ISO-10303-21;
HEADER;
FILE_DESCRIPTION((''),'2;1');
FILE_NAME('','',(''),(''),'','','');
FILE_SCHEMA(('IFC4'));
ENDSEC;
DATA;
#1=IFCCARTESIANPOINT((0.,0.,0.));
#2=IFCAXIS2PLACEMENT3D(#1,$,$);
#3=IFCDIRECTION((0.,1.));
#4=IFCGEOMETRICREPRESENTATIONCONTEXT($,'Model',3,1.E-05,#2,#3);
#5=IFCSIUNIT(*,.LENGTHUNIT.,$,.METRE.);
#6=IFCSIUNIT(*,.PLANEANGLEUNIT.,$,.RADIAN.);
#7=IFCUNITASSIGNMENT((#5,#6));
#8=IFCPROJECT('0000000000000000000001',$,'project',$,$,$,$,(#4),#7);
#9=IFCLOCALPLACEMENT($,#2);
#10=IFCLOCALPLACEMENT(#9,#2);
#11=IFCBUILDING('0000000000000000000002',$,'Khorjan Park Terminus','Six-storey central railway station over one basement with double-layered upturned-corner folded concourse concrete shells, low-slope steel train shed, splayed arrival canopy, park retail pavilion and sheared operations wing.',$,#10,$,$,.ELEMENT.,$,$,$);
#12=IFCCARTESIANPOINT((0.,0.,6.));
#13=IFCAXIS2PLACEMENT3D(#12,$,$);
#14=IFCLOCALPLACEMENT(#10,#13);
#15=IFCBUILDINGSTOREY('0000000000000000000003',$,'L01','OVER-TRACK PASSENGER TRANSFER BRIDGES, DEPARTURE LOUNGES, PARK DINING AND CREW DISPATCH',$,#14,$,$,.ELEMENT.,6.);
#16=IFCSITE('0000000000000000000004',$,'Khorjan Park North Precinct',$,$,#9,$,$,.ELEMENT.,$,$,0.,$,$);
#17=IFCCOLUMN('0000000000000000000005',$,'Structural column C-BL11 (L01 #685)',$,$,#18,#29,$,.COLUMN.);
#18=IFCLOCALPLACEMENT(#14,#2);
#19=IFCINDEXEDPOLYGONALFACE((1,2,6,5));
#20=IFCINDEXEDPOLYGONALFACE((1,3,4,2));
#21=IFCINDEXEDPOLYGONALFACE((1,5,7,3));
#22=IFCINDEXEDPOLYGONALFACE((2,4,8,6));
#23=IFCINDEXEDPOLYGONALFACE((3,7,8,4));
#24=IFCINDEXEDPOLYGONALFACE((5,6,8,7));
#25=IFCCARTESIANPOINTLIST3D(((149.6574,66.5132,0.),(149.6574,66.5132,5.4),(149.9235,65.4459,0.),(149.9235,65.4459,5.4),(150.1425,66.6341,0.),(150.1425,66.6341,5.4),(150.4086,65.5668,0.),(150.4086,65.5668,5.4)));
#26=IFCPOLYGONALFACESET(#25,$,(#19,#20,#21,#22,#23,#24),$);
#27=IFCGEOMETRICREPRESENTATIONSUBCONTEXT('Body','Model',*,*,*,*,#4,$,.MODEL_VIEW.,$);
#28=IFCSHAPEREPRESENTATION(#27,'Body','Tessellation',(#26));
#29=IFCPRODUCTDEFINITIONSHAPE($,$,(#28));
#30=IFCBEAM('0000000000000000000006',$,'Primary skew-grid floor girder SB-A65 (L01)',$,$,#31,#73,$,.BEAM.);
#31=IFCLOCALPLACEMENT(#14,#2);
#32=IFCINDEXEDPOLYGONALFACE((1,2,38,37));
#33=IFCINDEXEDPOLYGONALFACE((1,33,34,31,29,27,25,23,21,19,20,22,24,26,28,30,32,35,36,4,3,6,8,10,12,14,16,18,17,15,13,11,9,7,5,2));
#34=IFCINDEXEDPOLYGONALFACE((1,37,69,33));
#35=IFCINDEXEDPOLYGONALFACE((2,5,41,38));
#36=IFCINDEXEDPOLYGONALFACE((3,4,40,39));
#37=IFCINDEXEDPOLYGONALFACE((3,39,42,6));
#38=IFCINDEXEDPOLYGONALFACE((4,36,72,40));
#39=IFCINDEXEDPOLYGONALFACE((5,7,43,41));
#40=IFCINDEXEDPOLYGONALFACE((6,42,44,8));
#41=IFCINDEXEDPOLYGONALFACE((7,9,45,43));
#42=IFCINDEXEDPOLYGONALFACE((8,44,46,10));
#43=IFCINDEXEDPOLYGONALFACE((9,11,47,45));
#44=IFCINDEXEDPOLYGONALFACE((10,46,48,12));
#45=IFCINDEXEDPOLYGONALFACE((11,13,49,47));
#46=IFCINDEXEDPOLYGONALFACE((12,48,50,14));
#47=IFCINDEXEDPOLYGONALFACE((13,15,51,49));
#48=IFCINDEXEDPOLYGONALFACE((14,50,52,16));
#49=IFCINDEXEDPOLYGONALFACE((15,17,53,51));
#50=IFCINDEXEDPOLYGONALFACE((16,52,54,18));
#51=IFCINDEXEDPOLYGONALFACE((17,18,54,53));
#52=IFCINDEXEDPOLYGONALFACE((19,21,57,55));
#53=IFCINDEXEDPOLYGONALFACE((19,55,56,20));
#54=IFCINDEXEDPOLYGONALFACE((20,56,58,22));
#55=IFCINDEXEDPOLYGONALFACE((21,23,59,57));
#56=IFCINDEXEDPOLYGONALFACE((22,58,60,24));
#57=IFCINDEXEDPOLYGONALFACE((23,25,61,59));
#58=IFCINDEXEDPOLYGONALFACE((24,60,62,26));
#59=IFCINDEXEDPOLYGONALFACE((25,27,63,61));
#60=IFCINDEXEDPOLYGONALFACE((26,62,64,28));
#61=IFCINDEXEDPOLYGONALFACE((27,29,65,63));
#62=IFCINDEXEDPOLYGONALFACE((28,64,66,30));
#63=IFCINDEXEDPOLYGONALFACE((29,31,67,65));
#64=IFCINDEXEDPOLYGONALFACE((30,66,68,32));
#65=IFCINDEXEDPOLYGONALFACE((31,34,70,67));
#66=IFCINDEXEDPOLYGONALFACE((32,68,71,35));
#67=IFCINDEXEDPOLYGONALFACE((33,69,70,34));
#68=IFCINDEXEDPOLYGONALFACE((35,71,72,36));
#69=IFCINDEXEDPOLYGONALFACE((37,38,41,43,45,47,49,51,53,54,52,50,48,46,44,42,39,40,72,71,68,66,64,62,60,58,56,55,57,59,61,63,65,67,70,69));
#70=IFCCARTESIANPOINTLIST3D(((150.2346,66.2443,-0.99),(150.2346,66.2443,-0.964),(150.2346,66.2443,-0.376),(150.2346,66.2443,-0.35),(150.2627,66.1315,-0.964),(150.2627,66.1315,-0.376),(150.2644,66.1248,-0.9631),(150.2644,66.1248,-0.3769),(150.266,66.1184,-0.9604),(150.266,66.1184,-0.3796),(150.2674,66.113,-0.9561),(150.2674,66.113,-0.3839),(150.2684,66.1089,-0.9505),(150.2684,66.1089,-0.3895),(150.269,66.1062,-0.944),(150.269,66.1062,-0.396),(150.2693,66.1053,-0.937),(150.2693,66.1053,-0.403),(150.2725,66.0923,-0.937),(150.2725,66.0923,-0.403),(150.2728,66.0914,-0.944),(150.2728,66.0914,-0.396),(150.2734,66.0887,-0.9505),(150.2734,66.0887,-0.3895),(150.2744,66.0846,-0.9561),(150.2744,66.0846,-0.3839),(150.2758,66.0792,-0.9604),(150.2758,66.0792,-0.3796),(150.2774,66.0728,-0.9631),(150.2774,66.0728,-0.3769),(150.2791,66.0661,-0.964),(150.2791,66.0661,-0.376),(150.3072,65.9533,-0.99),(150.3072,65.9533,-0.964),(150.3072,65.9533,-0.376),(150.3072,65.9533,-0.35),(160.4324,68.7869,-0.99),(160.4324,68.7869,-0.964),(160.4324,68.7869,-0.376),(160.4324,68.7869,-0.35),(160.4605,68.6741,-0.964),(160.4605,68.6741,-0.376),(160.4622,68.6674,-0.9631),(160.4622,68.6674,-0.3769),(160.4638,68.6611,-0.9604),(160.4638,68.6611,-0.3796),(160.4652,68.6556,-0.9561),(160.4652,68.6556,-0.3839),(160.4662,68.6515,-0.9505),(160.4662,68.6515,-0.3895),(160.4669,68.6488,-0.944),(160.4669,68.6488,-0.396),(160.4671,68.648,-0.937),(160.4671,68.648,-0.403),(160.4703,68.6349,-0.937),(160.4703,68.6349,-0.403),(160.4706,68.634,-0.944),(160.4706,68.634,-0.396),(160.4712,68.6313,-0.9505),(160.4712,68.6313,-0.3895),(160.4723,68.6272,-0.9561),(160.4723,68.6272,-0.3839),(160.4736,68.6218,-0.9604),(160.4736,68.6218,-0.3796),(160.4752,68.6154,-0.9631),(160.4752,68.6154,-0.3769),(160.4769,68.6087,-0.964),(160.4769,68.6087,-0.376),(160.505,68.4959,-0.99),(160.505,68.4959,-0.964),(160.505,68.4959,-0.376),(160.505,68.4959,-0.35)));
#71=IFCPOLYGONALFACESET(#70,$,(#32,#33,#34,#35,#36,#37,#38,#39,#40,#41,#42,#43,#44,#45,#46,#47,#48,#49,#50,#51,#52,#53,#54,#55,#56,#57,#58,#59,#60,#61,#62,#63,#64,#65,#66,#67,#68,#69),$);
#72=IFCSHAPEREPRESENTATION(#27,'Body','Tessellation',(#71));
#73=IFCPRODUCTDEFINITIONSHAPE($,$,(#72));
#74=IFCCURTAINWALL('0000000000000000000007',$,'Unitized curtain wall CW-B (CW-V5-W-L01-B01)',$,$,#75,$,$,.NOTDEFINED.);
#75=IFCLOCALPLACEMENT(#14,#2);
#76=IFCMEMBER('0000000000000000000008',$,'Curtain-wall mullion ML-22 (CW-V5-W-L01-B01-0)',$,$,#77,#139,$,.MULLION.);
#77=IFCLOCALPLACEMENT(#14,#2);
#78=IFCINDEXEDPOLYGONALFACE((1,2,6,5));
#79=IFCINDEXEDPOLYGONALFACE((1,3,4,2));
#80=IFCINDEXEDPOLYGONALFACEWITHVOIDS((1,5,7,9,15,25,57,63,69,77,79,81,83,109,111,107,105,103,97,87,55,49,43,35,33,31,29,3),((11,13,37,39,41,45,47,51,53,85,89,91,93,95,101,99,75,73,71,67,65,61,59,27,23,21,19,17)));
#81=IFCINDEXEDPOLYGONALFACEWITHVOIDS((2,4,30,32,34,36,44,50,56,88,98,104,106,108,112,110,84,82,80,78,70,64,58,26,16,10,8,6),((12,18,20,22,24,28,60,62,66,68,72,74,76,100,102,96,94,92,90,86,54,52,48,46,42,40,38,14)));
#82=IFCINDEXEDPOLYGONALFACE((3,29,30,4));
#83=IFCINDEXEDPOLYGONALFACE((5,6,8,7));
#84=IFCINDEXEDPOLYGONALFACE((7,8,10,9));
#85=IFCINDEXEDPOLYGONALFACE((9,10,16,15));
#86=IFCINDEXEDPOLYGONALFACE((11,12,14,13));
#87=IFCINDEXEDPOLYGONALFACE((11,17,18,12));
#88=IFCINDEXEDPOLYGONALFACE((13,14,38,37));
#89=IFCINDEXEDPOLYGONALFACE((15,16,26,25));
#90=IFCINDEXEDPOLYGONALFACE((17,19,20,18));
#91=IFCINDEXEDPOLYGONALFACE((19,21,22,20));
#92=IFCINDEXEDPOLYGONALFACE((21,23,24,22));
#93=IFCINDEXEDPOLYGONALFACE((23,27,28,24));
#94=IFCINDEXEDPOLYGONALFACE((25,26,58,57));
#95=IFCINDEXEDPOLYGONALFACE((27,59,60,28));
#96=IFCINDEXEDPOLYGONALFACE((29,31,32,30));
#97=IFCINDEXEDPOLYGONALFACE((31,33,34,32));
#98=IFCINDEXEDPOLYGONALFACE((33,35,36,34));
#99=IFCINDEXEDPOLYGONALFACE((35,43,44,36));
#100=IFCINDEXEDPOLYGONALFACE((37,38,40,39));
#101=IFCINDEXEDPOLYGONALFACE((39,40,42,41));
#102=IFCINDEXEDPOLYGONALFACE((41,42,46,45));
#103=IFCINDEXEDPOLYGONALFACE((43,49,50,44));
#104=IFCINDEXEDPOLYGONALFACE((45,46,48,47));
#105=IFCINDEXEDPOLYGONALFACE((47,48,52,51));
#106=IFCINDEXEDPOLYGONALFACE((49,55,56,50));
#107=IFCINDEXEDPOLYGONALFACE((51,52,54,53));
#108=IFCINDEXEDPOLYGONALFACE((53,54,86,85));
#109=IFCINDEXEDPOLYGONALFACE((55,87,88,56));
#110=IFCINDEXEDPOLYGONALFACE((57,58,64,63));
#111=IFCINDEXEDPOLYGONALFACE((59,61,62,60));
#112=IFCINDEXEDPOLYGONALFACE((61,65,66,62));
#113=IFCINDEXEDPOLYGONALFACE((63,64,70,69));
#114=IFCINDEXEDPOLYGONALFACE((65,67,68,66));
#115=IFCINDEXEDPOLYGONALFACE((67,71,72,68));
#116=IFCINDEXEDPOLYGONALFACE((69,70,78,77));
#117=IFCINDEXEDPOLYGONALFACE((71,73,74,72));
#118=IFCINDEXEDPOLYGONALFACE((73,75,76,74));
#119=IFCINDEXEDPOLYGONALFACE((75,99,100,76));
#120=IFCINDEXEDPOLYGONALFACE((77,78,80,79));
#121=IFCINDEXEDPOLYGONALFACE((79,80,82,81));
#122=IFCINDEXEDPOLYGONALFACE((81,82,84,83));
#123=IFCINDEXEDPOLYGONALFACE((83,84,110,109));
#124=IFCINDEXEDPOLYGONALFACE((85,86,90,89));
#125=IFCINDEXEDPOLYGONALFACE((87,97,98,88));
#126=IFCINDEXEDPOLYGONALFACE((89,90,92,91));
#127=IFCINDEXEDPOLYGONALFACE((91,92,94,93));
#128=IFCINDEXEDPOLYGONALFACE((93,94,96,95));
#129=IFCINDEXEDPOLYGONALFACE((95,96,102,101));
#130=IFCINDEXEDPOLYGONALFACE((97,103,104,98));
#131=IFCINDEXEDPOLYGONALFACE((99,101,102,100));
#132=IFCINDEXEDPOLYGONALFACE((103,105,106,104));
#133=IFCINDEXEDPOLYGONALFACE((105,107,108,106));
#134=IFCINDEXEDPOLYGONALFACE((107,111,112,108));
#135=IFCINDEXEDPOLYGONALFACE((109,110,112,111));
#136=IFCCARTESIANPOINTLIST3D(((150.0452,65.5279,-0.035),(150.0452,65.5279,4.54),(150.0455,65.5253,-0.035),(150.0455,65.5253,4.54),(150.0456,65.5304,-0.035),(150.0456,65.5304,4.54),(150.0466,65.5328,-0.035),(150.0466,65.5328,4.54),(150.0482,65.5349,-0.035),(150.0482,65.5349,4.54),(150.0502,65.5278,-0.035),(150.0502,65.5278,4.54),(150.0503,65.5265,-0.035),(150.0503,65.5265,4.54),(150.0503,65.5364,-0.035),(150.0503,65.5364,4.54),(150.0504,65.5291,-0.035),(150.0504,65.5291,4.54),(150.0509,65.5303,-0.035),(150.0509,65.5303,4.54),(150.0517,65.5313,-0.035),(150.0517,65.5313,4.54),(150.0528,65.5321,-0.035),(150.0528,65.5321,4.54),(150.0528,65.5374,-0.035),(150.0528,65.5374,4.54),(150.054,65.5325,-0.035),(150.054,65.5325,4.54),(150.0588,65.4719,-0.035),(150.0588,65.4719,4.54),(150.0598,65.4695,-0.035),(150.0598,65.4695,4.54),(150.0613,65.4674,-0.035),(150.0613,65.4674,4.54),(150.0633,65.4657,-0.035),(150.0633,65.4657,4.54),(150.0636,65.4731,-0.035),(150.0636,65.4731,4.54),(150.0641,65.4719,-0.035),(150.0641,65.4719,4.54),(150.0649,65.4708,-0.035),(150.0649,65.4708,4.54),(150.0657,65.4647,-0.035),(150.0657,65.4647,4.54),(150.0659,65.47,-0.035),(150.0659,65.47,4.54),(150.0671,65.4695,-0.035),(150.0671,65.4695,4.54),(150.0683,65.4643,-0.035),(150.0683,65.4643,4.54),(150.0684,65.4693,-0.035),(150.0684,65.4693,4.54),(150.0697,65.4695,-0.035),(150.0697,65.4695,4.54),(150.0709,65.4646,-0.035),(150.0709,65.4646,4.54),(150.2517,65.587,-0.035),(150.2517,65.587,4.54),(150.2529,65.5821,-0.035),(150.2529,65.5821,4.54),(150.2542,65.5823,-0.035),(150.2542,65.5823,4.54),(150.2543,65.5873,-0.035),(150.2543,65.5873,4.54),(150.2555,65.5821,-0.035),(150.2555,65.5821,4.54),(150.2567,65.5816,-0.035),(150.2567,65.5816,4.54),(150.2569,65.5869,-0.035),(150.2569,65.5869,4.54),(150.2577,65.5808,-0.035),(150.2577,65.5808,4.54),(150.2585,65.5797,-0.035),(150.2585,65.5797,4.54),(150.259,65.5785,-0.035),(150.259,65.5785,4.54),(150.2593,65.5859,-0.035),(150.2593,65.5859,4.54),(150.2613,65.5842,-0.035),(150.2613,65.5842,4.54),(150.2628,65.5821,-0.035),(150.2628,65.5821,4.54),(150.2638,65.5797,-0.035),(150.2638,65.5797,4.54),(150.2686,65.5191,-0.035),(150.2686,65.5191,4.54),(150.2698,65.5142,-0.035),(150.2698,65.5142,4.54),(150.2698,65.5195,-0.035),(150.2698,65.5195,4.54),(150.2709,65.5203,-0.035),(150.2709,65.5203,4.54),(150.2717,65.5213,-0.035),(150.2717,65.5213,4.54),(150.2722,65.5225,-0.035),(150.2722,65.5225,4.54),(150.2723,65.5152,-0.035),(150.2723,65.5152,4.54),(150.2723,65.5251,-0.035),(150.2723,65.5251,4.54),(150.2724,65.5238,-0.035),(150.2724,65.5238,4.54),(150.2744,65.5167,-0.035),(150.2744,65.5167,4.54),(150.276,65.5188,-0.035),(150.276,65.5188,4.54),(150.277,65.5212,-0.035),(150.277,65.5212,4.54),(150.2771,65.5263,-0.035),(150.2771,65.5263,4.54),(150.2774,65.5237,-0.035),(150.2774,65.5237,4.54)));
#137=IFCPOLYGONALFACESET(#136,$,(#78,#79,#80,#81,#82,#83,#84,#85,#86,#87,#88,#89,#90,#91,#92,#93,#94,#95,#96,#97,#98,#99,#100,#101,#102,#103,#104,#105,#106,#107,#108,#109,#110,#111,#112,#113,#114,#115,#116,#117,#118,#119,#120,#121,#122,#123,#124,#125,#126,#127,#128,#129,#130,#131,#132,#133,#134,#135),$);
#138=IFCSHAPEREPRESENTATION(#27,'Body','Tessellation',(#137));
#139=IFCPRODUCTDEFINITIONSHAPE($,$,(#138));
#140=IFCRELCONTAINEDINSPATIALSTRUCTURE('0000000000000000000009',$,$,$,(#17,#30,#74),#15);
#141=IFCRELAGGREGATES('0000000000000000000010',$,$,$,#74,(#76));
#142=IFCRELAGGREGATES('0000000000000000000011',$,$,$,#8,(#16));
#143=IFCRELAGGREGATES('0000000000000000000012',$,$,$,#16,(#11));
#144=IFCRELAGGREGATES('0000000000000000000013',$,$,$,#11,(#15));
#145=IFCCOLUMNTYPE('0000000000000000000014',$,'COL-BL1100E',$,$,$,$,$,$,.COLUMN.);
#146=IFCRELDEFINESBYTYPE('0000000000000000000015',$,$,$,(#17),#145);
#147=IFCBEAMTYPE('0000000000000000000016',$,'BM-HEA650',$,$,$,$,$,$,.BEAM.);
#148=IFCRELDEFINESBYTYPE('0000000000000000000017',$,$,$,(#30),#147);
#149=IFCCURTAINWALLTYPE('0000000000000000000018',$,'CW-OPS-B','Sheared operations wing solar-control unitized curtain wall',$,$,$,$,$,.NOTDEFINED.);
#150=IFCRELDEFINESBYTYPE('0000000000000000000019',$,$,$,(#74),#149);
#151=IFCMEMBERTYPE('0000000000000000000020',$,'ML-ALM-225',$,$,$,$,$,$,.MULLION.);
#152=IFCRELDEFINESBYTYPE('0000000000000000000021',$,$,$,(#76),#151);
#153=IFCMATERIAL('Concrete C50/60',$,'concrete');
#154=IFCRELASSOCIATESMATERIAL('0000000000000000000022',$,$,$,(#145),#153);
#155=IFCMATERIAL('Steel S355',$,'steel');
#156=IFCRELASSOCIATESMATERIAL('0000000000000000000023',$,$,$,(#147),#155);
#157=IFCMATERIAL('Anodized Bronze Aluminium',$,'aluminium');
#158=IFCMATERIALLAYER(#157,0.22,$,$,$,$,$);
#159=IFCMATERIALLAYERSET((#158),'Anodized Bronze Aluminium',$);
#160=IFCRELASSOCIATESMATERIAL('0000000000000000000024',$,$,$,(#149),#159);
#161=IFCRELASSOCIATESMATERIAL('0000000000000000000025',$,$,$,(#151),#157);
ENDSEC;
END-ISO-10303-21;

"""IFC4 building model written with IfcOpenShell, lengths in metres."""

from ifc_helpers import new_model, si_unit, direction, frame, origin, origin_2d, place, context, subcontext, project, spatial, rectangle, hollow_rectangle, i_section, extrude, material, layer, layer_set, material_profile, profile_set, type_object, element, aggregate, save


model = new_model("IFC4")

# Units and contexts
model_context = context("Model", 3, precision=1e-05, world=origin(), true_north=direction((0.0, 1.0)))
body_context = subcontext(model_context, "Body", "Model", "MODEL_VIEW")
ifc_project = project(units=[si_unit("LENGTHUNIT", "METRE"), si_unit("PLANEANGLEUNIT", "RADIAN")], contexts=[model_context])

# Site, building, storey
site_placement = place(None, origin())
site = spatial("IfcSite", under=ifc_project, at=site_placement, Name="Khorjan Park North Precinct", CompositionType="ELEMENT", RefElevation=0.0)
building_placement = place(site_placement, origin())
building = spatial("IfcBuilding", under=site, at=building_placement, Name="Khorjan Park Terminus", Description="Six-storey central railway station over one basement with double-layered upturned-corner folded concourse concrete shells, low-slope steel train shed, splayed arrival canopy, park retail pavilion and sheared operations wing.", CompositionType="ELEMENT")
storey_placement = place(building_placement, frame((0.0, 0.0, 6.0)))
storey = spatial("IfcBuildingStorey", under=building, at=storey_placement, Name="L01", Description="OVER-TRACK PASSENGER TRANSFER BRIDGES, DEPARTURE LOUNGES, PARK DINING AND CREW DISPATCH", CompositionType="ELEMENT", Elevation=6.0)

# Column
ifc_material_1 = material(Name="Concrete C50/60", Category="concrete")
ifc_material_profile_1 = material_profile(ifc_material_1, rectangle(XDim=0.5, YDim=1.1, at=origin_2d()), Name="RC 500x1100")
ifc_profile_set_1 = profile_set([ifc_material_profile_1], Name="Concrete C50/60")
column_type = type_object("IfcColumnType", Name="COL-BL1100E", PredefinedType="COLUMN", material=ifc_profile_set_1)
column_placement = place(storey_placement, frame((150.033, 66.04, 0.0), z_axis=(0.0, 0.0, 1.0), x_axis=(0.970296, 0.241922, 0.0)))
element("IfcColumn", 1, at=column_placement, inside=storey, type_object=column_type, Name="Structural column C-BL11 (L01 #685)", PredefinedType="COLUMN", context=body_context, shape_type="SweptSolid", body=[
    extrude(rectangle(XDim=0.5, YDim=1.1, at=origin_2d()), origin(), (0.0, 0.0, 1.0), 5.4),
])

# Beam
ifc_material_2 = material(Name="Steel S355", Category="steel")
ifc_material_profile_2 = material_profile(ifc_material_2, i_section(OverallWidth=0.3, OverallDepth=0.64, WebThickness=0.0135, FlangeThickness=0.026, FilletRadius=0.027, at=origin_2d()), Name="HEA 650")
ifc_profile_set_2 = profile_set([ifc_material_profile_2], Name="Steel S355")
beam_type = type_object("IfcBeamType", Name="BM-HEA650", PredefinedType="BEAM", material=ifc_profile_set_2)
beam_placement = place(storey_placement, frame((150.2709, 66.0988, -0.67), z_axis=(0.970296, 0.241922, 0.0), x_axis=(-0.241922, 0.970296, 0.0)))
element("IfcBeam", 2, at=beam_placement, inside=storey, type_object=beam_type, Name="Primary skew-grid floor girder SB-A65 (L01)", PredefinedType="BEAM", context=body_context, shape_type="SweptSolid", body=[
    extrude(i_section(OverallWidth=0.3, OverallDepth=0.64, WebThickness=0.0135, FlangeThickness=0.026, FilletRadius=0.027, at=origin_2d()), origin(), (0.0, 0.0, 1.0), 10.51),
])

# Curtain wall, member
ifc_material_3 = material(Name="Anodized Bronze Aluminium", Category="aluminium")
ifc_layer_1 = layer(ifc_material_3, 0.22)
ifc_layer_set_1 = layer_set([ifc_layer_1], Name="Anodized Bronze Aluminium")
curtain_wall_type = type_object("IfcCurtainWallType", Name="CW-OPS-B", Description="Sheared operations wing solar-control unitized curtain wall", PredefinedType="NOTDEFINED", material=ifc_layer_set_1)
curtain_wall_placement = place(storey_placement, origin())
curtain_wall = element("IfcCurtainWall", 3, at=curtain_wall_placement, inside=storey, type_object=curtain_wall_type, Name="Unitized curtain wall CW-B (CW-V5-W-L01-B01)", PredefinedType="NOTDEFINED")
ifc_material_profile_3 = material_profile(ifc_material_3, hollow_rectangle(XDim=0.075, YDim=0.225, WallThickness=0.005, InnerFilletRadius=0.005, OuterFilletRadius=0.01, at=origin_2d()), Name="ALM 75x225x5")
ifc_profile_set_3 = profile_set([ifc_material_profile_3], Name="Anodized Bronze Aluminium")
member_type_1 = type_object("IfcMemberType", Name="ML-ALM-225", PredefinedType="MULLION", material=ifc_profile_set_3)
member_1_placement = place(storey_placement, frame((150.1613, 65.5258, -0.035), z_axis=(0.0, 0.0, 1.0), x_axis=(0.241913, -0.970298, 0.0)))
member_1 = element("IfcMember", 4, at=member_1_placement, type_object=member_type_1, Name="Curtain-wall mullion ML-22 (CW-V5-W-L01-B01-0)", PredefinedType="MULLION", context=body_context, shape_type="SweptSolid", body=[
    extrude(hollow_rectangle(XDim=0.075, YDim=0.225, WallThickness=0.005, InnerFilletRadius=0.005, OuterFilletRadius=0.01, at=origin_2d()), origin(), (0.0, 0.0, 1.0), 4.575),
])
aggregate(curtain_wall, [member_1])

save(model, "model.ifc")
